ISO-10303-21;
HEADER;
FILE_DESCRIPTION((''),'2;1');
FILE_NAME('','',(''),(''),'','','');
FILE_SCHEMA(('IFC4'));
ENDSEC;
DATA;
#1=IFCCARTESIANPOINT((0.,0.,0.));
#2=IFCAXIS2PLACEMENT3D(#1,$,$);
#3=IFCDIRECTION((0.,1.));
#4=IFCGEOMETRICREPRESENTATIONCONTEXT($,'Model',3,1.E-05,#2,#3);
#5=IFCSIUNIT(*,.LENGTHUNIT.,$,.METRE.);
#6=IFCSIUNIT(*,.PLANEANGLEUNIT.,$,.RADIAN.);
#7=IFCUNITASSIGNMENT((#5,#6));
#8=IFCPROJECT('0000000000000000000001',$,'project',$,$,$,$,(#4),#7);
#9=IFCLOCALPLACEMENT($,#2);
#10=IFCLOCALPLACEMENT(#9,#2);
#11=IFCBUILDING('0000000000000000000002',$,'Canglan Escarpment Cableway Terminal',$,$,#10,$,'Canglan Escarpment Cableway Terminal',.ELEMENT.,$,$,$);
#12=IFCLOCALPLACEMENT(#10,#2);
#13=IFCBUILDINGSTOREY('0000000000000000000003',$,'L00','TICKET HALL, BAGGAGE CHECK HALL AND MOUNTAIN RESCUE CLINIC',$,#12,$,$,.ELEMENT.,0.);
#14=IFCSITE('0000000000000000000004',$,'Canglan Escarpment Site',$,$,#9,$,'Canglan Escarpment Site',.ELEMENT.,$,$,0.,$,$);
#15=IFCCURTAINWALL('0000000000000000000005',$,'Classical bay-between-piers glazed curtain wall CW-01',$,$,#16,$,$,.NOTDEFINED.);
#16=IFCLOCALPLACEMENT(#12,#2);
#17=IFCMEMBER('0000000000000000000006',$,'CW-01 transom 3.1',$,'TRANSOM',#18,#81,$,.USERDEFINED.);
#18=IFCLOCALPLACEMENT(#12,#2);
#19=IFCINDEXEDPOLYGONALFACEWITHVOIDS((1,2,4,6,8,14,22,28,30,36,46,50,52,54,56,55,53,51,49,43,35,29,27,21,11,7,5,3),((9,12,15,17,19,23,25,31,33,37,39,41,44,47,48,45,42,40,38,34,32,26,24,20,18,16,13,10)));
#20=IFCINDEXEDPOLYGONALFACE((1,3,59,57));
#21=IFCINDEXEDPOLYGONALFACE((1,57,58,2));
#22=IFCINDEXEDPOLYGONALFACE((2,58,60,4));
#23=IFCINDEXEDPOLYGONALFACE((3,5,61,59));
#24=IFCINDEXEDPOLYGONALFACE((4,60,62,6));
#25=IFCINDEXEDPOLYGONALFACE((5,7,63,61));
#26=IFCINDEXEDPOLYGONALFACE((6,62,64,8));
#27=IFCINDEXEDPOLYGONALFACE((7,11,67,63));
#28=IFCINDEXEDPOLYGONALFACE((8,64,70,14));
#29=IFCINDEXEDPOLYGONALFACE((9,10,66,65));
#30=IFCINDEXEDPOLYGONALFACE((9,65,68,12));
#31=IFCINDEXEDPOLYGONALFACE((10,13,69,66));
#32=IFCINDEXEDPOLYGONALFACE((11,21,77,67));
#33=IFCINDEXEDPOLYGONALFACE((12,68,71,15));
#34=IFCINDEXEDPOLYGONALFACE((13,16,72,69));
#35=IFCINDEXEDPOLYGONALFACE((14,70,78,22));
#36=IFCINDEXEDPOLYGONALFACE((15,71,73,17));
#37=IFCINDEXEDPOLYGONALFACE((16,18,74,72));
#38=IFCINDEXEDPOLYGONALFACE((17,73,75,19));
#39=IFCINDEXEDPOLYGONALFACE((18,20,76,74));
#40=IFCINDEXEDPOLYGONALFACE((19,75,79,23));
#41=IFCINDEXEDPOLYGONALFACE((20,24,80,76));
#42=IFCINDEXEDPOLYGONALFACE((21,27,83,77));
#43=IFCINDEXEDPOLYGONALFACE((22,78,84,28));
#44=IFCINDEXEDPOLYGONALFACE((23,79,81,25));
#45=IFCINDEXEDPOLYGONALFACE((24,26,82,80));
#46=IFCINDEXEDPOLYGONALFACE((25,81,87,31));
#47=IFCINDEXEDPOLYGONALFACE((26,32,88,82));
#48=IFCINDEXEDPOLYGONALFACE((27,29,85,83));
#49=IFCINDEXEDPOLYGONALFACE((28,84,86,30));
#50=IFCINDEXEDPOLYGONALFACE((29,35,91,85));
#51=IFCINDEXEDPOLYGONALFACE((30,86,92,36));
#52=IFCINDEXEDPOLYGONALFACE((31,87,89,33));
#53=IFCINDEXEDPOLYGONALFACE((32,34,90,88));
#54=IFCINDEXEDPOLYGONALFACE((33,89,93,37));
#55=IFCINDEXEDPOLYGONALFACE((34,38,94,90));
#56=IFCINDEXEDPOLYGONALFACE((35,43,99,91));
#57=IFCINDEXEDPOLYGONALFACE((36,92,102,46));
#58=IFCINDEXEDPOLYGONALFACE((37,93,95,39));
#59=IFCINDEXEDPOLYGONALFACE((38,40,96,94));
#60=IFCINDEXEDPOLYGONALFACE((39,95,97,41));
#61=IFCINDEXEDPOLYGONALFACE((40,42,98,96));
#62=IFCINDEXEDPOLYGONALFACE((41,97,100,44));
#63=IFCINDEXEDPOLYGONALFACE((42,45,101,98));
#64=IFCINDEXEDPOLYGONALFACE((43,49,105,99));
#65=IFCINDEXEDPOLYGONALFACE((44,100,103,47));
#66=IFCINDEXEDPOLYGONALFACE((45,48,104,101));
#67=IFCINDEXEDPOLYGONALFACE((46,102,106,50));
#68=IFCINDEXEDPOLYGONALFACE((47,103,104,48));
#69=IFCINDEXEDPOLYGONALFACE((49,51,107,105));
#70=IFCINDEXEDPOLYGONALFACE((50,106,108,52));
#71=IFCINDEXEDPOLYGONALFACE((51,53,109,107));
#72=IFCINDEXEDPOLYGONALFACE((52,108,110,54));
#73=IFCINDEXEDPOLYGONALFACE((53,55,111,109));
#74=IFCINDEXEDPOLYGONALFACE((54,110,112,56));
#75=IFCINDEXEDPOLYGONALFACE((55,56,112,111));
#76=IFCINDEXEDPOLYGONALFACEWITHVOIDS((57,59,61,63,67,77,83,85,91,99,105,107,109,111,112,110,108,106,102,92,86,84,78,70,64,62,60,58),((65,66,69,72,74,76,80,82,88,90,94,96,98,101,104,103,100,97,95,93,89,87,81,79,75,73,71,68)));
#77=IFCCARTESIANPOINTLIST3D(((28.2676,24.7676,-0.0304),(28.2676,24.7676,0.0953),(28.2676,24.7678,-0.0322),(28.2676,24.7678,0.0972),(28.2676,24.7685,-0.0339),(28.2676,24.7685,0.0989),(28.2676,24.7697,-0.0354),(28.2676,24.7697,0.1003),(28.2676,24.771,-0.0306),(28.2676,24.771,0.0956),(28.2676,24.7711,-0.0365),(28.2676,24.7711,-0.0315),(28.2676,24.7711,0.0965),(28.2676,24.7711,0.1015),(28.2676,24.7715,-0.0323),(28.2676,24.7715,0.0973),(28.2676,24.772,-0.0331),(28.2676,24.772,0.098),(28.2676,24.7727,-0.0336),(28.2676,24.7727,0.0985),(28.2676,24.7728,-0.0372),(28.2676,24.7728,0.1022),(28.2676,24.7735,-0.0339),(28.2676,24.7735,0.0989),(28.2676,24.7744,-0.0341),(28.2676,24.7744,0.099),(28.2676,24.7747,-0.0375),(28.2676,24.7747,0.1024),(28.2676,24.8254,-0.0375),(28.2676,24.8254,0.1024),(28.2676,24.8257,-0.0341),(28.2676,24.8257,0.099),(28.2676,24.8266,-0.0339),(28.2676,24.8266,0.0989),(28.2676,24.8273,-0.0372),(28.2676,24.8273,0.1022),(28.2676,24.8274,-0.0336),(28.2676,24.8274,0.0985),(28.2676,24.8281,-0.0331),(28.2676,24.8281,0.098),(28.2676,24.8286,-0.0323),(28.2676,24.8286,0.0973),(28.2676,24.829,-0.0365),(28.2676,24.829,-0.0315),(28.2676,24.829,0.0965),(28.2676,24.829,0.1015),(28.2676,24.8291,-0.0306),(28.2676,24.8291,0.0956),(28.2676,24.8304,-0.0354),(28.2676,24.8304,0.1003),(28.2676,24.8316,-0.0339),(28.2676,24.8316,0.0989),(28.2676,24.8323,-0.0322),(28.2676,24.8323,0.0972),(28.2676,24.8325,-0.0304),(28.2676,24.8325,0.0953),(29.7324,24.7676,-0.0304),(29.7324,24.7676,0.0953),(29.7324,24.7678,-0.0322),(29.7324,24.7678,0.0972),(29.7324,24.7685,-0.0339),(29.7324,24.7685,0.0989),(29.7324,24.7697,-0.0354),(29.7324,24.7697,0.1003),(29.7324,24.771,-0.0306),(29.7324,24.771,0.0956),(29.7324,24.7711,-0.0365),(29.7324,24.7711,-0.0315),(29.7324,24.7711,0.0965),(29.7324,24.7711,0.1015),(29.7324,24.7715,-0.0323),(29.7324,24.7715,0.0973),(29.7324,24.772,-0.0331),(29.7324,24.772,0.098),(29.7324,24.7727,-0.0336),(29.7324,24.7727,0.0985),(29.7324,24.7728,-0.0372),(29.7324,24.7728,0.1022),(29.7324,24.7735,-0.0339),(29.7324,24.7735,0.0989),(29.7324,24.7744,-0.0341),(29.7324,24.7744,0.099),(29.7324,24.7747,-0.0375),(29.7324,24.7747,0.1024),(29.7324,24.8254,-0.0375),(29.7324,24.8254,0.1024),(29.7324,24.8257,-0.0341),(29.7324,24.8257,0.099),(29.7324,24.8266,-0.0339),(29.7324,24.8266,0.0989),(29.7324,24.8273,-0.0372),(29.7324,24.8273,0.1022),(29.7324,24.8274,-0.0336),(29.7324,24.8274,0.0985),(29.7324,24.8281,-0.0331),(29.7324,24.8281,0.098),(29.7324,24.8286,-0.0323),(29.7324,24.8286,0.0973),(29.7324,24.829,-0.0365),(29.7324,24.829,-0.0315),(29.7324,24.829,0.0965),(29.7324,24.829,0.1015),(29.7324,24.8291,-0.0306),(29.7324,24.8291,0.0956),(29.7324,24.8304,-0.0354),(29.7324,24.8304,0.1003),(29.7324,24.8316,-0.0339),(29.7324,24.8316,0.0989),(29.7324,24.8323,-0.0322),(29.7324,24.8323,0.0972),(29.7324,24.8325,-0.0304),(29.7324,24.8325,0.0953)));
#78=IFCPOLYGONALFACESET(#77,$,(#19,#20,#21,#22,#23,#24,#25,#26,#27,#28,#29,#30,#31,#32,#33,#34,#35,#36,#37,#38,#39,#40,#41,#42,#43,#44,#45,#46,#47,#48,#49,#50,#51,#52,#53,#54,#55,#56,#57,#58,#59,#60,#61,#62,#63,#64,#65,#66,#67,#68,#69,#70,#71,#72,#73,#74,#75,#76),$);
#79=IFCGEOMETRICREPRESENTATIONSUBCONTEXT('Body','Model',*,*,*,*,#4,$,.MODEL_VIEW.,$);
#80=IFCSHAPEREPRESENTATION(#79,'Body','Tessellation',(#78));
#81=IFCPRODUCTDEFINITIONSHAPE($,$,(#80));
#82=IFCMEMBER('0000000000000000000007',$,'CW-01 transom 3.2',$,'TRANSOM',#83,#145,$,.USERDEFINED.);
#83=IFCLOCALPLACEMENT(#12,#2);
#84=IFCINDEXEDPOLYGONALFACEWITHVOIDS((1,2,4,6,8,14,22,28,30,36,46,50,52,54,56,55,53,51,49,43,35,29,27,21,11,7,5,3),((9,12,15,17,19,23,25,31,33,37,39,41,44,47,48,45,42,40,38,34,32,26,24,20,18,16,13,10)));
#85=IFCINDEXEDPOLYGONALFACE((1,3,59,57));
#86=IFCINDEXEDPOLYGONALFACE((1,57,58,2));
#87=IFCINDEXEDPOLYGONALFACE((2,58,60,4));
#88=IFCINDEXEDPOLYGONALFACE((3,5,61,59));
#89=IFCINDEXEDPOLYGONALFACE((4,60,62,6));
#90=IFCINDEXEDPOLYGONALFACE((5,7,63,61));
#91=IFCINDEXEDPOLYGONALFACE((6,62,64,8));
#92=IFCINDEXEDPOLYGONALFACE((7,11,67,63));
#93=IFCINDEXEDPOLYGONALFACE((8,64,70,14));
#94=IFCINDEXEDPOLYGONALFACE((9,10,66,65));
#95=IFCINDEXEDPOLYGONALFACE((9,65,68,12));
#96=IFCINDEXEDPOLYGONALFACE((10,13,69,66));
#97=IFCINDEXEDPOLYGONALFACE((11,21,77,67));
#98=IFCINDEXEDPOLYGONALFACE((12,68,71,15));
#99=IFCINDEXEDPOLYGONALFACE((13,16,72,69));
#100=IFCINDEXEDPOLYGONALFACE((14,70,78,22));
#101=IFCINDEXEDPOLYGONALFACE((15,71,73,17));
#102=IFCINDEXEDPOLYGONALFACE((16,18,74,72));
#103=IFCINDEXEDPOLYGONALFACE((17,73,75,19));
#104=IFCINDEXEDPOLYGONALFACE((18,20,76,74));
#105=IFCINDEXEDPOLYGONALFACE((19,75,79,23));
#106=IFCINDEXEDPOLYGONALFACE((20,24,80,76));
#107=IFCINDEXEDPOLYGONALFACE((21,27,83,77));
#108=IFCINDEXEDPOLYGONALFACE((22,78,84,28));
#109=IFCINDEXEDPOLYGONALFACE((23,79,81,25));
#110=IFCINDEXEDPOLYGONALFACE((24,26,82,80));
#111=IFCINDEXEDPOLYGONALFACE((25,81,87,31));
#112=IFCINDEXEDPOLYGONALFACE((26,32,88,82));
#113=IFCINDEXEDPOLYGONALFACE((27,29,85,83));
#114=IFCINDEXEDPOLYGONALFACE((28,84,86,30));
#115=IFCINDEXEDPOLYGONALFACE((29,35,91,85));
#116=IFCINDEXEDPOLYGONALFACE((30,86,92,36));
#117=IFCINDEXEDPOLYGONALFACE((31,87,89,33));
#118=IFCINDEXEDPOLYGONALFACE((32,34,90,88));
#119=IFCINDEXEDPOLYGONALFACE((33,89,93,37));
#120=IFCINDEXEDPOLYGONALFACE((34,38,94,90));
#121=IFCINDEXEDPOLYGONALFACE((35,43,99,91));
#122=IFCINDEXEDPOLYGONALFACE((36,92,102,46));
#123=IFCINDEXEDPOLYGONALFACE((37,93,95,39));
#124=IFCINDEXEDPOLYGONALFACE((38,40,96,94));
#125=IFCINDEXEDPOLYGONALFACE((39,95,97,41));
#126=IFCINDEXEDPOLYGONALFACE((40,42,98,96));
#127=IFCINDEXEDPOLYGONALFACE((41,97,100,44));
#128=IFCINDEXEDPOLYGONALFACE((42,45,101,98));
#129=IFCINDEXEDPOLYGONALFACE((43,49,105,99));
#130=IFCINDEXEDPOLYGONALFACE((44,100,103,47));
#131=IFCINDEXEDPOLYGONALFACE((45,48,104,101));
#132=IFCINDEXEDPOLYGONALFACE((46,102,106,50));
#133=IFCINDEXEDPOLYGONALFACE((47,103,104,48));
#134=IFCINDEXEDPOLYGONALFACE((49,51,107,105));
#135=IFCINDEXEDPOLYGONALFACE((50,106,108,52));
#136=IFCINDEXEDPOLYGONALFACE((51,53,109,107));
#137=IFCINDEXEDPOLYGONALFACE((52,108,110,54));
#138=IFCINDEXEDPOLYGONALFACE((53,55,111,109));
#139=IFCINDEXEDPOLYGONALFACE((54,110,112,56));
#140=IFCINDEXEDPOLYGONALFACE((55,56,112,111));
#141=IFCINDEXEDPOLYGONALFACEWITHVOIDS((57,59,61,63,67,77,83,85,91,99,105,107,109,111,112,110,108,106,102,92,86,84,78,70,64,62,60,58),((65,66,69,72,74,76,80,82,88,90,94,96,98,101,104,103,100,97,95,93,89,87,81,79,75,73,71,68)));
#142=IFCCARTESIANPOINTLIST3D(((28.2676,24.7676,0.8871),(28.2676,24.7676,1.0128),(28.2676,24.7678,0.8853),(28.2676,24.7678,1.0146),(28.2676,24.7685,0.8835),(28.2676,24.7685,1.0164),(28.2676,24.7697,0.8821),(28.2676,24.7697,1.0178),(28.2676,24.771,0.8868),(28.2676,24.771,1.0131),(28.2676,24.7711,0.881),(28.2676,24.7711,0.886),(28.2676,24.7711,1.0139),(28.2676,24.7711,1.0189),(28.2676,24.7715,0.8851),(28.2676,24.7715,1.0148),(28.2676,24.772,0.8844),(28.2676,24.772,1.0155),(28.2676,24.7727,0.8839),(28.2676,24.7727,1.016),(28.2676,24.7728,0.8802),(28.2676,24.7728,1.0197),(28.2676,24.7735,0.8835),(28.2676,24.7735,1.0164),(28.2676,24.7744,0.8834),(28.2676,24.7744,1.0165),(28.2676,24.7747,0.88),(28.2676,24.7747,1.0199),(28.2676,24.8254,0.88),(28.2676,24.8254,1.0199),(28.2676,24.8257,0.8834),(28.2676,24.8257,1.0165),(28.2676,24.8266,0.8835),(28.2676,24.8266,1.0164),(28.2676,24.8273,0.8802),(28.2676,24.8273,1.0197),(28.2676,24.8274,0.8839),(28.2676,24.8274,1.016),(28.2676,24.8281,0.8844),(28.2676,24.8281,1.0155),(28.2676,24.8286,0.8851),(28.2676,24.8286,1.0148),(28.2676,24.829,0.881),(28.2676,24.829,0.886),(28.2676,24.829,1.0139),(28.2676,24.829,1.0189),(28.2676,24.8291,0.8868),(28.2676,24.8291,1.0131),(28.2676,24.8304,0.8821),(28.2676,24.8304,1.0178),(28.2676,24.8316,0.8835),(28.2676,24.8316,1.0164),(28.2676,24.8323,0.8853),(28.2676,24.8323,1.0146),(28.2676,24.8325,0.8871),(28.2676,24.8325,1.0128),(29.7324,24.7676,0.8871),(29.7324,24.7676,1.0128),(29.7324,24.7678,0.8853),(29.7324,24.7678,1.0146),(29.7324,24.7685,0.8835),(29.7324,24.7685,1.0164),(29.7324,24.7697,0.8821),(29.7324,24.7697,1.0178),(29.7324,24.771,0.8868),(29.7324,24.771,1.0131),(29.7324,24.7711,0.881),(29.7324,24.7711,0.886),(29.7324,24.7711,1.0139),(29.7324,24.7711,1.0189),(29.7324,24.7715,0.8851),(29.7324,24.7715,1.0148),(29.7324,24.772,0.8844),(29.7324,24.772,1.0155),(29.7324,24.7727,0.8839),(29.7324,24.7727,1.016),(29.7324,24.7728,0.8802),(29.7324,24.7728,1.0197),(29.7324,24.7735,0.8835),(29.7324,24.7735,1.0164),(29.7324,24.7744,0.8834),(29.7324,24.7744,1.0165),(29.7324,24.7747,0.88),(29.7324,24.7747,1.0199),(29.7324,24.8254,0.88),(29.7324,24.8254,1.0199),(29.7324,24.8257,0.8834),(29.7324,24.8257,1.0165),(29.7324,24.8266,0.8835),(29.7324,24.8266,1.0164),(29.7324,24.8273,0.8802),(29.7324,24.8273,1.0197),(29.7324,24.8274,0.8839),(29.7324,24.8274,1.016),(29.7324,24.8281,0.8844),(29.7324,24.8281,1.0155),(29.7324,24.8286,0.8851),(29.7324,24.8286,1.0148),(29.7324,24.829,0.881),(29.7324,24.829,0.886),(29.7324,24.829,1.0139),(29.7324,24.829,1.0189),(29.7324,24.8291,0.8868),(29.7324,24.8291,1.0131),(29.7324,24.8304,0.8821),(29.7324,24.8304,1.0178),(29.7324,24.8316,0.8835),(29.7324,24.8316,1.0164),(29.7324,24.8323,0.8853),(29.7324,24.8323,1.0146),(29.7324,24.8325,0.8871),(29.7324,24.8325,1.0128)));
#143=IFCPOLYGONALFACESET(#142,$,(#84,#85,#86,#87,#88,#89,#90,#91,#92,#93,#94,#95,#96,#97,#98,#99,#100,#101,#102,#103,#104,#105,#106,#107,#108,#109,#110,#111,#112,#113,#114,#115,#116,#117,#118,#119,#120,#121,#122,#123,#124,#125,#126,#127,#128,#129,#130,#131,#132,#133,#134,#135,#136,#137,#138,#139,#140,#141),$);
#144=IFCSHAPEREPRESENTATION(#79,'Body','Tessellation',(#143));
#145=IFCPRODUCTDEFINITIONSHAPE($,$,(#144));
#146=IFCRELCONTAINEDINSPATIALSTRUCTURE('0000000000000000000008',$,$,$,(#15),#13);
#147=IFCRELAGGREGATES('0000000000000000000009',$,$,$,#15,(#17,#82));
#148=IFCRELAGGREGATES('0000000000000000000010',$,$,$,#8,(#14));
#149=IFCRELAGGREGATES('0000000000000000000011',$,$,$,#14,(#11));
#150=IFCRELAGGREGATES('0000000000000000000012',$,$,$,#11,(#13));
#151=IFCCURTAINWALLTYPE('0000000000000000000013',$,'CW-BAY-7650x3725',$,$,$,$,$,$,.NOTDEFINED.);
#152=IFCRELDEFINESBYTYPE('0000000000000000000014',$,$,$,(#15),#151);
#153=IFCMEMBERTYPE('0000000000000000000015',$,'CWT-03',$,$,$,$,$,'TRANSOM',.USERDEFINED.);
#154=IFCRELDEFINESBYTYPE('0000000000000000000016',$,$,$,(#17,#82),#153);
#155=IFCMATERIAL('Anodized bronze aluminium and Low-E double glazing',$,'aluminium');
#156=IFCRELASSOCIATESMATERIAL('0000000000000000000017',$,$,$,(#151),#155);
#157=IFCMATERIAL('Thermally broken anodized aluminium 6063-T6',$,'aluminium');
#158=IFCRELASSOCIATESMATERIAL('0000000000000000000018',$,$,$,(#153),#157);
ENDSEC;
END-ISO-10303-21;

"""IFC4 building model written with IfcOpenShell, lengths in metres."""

from ifc_helpers import new_model, si_unit, direction, frame, origin, origin_2d, place, context, subcontext, project, spatial, hollow_rectangle, extrude, material, material_profile, profile_set, type_object, element, aggregate, save


model = new_model("IFC4")

# Units and contexts
model_context = context("Model", 3, precision=1e-05, world=origin(), true_north=direction((0.0, 1.0)))
body_context = subcontext(model_context, "Body", "Model", "MODEL_VIEW")
ifc_project = project(units=[si_unit("LENGTHUNIT", "METRE"), si_unit("PLANEANGLEUNIT", "RADIAN")], contexts=[model_context])

# Site, building, storey
site_placement = place(None, origin())
site = spatial("IfcSite", under=ifc_project, at=site_placement, Name="Canglan Escarpment Site", LongName="Canglan Escarpment Site", CompositionType="ELEMENT", RefElevation=0.0)
building_placement = place(site_placement, origin())
building = spatial("IfcBuilding", under=site, at=building_placement, Name="Canglan Escarpment Cableway Terminal", LongName="Canglan Escarpment Cableway Terminal", CompositionType="ELEMENT")
storey_placement = place(building_placement, origin())
storey = spatial("IfcBuildingStorey", under=building, at=storey_placement, Name="L00", Description="TICKET HALL, BAGGAGE CHECK HALL AND MOUNTAIN RESCUE CLINIC", CompositionType="ELEMENT", Elevation=0.0)

# Curtain wall, members
ifc_material_1 = material(Name="Anodized bronze aluminium and Low-E double glazing", Category="aluminium")
curtain_wall_type = type_object("IfcCurtainWallType", Name="CW-BAY-7650x3725", PredefinedType="NOTDEFINED", material=ifc_material_1)
curtain_wall_placement = place(storey_placement, origin())
curtain_wall = element("IfcCurtainWall", 1, at=curtain_wall_placement, inside=storey, type_object=curtain_wall_type, Name="Classical bay-between-piers glazed curtain wall CW-01", PredefinedType="NOTDEFINED")
ifc_material_2 = material(Name="Thermally broken anodized aluminium 6063-T6", Category="aluminium")
ifc_material_profile_1 = material_profile(ifc_material_2, hollow_rectangle(XDim=0.0649, YDim=0.1399, WallThickness=0.0034, InnerFilletRadius=0.0034, OuterFilletRadius=0.0071, at=origin_2d()), Name="ALU-TRAN 65x140x3.5")
ifc_profile_set_1 = profile_set([ifc_material_profile_1], Name="Thermally broken anodized aluminium 6063-T6")
member_type_1 = type_object("IfcMemberType", Name="CWT-03", ElementType="TRANSOM", PredefinedType="USERDEFINED", material=ifc_profile_set_1)
member_1_placement = place(storey_placement, frame((29.7324, 24.8, 0.0325), z_axis=(-1.0, 0.0, 0.0), x_axis=(0.0, -1.0, 0.0)))
member_1 = element("IfcMember", 2, at=member_1_placement, type_object=member_type_1, Name="CW-01 transom 3.1", ObjectType="TRANSOM", PredefinedType="USERDEFINED", context=body_context, shape_type="SweptSolid", body=[
    extrude(hollow_rectangle(XDim=0.0649, YDim=0.1399, WallThickness=0.0034, InnerFilletRadius=0.0034, OuterFilletRadius=0.0071, at=origin_2d()), origin(), (0.0, 0.0, 1.0), 1.4648),
])
member_2_placement = place(storey_placement, frame((29.7324, 24.8, 0.95), z_axis=(-1.0, 0.0, 0.0), x_axis=(0.0, -1.0, 0.0)))
member_2 = element("IfcMember", 3, at=member_2_placement, type_object=member_type_1, Name="CW-01 transom 3.2", ObjectType="TRANSOM", PredefinedType="USERDEFINED", context=body_context, shape_type="SweptSolid", body=[
    extrude(hollow_rectangle(XDim=0.0649, YDim=0.1399, WallThickness=0.0034, InnerFilletRadius=0.0034, OuterFilletRadius=0.0071, at=origin_2d()), origin(), (0.0, 0.0, 1.0), 1.4648),
])
aggregate(curtain_wall, [member_1, member_2])

save(model, "model.ifc")
